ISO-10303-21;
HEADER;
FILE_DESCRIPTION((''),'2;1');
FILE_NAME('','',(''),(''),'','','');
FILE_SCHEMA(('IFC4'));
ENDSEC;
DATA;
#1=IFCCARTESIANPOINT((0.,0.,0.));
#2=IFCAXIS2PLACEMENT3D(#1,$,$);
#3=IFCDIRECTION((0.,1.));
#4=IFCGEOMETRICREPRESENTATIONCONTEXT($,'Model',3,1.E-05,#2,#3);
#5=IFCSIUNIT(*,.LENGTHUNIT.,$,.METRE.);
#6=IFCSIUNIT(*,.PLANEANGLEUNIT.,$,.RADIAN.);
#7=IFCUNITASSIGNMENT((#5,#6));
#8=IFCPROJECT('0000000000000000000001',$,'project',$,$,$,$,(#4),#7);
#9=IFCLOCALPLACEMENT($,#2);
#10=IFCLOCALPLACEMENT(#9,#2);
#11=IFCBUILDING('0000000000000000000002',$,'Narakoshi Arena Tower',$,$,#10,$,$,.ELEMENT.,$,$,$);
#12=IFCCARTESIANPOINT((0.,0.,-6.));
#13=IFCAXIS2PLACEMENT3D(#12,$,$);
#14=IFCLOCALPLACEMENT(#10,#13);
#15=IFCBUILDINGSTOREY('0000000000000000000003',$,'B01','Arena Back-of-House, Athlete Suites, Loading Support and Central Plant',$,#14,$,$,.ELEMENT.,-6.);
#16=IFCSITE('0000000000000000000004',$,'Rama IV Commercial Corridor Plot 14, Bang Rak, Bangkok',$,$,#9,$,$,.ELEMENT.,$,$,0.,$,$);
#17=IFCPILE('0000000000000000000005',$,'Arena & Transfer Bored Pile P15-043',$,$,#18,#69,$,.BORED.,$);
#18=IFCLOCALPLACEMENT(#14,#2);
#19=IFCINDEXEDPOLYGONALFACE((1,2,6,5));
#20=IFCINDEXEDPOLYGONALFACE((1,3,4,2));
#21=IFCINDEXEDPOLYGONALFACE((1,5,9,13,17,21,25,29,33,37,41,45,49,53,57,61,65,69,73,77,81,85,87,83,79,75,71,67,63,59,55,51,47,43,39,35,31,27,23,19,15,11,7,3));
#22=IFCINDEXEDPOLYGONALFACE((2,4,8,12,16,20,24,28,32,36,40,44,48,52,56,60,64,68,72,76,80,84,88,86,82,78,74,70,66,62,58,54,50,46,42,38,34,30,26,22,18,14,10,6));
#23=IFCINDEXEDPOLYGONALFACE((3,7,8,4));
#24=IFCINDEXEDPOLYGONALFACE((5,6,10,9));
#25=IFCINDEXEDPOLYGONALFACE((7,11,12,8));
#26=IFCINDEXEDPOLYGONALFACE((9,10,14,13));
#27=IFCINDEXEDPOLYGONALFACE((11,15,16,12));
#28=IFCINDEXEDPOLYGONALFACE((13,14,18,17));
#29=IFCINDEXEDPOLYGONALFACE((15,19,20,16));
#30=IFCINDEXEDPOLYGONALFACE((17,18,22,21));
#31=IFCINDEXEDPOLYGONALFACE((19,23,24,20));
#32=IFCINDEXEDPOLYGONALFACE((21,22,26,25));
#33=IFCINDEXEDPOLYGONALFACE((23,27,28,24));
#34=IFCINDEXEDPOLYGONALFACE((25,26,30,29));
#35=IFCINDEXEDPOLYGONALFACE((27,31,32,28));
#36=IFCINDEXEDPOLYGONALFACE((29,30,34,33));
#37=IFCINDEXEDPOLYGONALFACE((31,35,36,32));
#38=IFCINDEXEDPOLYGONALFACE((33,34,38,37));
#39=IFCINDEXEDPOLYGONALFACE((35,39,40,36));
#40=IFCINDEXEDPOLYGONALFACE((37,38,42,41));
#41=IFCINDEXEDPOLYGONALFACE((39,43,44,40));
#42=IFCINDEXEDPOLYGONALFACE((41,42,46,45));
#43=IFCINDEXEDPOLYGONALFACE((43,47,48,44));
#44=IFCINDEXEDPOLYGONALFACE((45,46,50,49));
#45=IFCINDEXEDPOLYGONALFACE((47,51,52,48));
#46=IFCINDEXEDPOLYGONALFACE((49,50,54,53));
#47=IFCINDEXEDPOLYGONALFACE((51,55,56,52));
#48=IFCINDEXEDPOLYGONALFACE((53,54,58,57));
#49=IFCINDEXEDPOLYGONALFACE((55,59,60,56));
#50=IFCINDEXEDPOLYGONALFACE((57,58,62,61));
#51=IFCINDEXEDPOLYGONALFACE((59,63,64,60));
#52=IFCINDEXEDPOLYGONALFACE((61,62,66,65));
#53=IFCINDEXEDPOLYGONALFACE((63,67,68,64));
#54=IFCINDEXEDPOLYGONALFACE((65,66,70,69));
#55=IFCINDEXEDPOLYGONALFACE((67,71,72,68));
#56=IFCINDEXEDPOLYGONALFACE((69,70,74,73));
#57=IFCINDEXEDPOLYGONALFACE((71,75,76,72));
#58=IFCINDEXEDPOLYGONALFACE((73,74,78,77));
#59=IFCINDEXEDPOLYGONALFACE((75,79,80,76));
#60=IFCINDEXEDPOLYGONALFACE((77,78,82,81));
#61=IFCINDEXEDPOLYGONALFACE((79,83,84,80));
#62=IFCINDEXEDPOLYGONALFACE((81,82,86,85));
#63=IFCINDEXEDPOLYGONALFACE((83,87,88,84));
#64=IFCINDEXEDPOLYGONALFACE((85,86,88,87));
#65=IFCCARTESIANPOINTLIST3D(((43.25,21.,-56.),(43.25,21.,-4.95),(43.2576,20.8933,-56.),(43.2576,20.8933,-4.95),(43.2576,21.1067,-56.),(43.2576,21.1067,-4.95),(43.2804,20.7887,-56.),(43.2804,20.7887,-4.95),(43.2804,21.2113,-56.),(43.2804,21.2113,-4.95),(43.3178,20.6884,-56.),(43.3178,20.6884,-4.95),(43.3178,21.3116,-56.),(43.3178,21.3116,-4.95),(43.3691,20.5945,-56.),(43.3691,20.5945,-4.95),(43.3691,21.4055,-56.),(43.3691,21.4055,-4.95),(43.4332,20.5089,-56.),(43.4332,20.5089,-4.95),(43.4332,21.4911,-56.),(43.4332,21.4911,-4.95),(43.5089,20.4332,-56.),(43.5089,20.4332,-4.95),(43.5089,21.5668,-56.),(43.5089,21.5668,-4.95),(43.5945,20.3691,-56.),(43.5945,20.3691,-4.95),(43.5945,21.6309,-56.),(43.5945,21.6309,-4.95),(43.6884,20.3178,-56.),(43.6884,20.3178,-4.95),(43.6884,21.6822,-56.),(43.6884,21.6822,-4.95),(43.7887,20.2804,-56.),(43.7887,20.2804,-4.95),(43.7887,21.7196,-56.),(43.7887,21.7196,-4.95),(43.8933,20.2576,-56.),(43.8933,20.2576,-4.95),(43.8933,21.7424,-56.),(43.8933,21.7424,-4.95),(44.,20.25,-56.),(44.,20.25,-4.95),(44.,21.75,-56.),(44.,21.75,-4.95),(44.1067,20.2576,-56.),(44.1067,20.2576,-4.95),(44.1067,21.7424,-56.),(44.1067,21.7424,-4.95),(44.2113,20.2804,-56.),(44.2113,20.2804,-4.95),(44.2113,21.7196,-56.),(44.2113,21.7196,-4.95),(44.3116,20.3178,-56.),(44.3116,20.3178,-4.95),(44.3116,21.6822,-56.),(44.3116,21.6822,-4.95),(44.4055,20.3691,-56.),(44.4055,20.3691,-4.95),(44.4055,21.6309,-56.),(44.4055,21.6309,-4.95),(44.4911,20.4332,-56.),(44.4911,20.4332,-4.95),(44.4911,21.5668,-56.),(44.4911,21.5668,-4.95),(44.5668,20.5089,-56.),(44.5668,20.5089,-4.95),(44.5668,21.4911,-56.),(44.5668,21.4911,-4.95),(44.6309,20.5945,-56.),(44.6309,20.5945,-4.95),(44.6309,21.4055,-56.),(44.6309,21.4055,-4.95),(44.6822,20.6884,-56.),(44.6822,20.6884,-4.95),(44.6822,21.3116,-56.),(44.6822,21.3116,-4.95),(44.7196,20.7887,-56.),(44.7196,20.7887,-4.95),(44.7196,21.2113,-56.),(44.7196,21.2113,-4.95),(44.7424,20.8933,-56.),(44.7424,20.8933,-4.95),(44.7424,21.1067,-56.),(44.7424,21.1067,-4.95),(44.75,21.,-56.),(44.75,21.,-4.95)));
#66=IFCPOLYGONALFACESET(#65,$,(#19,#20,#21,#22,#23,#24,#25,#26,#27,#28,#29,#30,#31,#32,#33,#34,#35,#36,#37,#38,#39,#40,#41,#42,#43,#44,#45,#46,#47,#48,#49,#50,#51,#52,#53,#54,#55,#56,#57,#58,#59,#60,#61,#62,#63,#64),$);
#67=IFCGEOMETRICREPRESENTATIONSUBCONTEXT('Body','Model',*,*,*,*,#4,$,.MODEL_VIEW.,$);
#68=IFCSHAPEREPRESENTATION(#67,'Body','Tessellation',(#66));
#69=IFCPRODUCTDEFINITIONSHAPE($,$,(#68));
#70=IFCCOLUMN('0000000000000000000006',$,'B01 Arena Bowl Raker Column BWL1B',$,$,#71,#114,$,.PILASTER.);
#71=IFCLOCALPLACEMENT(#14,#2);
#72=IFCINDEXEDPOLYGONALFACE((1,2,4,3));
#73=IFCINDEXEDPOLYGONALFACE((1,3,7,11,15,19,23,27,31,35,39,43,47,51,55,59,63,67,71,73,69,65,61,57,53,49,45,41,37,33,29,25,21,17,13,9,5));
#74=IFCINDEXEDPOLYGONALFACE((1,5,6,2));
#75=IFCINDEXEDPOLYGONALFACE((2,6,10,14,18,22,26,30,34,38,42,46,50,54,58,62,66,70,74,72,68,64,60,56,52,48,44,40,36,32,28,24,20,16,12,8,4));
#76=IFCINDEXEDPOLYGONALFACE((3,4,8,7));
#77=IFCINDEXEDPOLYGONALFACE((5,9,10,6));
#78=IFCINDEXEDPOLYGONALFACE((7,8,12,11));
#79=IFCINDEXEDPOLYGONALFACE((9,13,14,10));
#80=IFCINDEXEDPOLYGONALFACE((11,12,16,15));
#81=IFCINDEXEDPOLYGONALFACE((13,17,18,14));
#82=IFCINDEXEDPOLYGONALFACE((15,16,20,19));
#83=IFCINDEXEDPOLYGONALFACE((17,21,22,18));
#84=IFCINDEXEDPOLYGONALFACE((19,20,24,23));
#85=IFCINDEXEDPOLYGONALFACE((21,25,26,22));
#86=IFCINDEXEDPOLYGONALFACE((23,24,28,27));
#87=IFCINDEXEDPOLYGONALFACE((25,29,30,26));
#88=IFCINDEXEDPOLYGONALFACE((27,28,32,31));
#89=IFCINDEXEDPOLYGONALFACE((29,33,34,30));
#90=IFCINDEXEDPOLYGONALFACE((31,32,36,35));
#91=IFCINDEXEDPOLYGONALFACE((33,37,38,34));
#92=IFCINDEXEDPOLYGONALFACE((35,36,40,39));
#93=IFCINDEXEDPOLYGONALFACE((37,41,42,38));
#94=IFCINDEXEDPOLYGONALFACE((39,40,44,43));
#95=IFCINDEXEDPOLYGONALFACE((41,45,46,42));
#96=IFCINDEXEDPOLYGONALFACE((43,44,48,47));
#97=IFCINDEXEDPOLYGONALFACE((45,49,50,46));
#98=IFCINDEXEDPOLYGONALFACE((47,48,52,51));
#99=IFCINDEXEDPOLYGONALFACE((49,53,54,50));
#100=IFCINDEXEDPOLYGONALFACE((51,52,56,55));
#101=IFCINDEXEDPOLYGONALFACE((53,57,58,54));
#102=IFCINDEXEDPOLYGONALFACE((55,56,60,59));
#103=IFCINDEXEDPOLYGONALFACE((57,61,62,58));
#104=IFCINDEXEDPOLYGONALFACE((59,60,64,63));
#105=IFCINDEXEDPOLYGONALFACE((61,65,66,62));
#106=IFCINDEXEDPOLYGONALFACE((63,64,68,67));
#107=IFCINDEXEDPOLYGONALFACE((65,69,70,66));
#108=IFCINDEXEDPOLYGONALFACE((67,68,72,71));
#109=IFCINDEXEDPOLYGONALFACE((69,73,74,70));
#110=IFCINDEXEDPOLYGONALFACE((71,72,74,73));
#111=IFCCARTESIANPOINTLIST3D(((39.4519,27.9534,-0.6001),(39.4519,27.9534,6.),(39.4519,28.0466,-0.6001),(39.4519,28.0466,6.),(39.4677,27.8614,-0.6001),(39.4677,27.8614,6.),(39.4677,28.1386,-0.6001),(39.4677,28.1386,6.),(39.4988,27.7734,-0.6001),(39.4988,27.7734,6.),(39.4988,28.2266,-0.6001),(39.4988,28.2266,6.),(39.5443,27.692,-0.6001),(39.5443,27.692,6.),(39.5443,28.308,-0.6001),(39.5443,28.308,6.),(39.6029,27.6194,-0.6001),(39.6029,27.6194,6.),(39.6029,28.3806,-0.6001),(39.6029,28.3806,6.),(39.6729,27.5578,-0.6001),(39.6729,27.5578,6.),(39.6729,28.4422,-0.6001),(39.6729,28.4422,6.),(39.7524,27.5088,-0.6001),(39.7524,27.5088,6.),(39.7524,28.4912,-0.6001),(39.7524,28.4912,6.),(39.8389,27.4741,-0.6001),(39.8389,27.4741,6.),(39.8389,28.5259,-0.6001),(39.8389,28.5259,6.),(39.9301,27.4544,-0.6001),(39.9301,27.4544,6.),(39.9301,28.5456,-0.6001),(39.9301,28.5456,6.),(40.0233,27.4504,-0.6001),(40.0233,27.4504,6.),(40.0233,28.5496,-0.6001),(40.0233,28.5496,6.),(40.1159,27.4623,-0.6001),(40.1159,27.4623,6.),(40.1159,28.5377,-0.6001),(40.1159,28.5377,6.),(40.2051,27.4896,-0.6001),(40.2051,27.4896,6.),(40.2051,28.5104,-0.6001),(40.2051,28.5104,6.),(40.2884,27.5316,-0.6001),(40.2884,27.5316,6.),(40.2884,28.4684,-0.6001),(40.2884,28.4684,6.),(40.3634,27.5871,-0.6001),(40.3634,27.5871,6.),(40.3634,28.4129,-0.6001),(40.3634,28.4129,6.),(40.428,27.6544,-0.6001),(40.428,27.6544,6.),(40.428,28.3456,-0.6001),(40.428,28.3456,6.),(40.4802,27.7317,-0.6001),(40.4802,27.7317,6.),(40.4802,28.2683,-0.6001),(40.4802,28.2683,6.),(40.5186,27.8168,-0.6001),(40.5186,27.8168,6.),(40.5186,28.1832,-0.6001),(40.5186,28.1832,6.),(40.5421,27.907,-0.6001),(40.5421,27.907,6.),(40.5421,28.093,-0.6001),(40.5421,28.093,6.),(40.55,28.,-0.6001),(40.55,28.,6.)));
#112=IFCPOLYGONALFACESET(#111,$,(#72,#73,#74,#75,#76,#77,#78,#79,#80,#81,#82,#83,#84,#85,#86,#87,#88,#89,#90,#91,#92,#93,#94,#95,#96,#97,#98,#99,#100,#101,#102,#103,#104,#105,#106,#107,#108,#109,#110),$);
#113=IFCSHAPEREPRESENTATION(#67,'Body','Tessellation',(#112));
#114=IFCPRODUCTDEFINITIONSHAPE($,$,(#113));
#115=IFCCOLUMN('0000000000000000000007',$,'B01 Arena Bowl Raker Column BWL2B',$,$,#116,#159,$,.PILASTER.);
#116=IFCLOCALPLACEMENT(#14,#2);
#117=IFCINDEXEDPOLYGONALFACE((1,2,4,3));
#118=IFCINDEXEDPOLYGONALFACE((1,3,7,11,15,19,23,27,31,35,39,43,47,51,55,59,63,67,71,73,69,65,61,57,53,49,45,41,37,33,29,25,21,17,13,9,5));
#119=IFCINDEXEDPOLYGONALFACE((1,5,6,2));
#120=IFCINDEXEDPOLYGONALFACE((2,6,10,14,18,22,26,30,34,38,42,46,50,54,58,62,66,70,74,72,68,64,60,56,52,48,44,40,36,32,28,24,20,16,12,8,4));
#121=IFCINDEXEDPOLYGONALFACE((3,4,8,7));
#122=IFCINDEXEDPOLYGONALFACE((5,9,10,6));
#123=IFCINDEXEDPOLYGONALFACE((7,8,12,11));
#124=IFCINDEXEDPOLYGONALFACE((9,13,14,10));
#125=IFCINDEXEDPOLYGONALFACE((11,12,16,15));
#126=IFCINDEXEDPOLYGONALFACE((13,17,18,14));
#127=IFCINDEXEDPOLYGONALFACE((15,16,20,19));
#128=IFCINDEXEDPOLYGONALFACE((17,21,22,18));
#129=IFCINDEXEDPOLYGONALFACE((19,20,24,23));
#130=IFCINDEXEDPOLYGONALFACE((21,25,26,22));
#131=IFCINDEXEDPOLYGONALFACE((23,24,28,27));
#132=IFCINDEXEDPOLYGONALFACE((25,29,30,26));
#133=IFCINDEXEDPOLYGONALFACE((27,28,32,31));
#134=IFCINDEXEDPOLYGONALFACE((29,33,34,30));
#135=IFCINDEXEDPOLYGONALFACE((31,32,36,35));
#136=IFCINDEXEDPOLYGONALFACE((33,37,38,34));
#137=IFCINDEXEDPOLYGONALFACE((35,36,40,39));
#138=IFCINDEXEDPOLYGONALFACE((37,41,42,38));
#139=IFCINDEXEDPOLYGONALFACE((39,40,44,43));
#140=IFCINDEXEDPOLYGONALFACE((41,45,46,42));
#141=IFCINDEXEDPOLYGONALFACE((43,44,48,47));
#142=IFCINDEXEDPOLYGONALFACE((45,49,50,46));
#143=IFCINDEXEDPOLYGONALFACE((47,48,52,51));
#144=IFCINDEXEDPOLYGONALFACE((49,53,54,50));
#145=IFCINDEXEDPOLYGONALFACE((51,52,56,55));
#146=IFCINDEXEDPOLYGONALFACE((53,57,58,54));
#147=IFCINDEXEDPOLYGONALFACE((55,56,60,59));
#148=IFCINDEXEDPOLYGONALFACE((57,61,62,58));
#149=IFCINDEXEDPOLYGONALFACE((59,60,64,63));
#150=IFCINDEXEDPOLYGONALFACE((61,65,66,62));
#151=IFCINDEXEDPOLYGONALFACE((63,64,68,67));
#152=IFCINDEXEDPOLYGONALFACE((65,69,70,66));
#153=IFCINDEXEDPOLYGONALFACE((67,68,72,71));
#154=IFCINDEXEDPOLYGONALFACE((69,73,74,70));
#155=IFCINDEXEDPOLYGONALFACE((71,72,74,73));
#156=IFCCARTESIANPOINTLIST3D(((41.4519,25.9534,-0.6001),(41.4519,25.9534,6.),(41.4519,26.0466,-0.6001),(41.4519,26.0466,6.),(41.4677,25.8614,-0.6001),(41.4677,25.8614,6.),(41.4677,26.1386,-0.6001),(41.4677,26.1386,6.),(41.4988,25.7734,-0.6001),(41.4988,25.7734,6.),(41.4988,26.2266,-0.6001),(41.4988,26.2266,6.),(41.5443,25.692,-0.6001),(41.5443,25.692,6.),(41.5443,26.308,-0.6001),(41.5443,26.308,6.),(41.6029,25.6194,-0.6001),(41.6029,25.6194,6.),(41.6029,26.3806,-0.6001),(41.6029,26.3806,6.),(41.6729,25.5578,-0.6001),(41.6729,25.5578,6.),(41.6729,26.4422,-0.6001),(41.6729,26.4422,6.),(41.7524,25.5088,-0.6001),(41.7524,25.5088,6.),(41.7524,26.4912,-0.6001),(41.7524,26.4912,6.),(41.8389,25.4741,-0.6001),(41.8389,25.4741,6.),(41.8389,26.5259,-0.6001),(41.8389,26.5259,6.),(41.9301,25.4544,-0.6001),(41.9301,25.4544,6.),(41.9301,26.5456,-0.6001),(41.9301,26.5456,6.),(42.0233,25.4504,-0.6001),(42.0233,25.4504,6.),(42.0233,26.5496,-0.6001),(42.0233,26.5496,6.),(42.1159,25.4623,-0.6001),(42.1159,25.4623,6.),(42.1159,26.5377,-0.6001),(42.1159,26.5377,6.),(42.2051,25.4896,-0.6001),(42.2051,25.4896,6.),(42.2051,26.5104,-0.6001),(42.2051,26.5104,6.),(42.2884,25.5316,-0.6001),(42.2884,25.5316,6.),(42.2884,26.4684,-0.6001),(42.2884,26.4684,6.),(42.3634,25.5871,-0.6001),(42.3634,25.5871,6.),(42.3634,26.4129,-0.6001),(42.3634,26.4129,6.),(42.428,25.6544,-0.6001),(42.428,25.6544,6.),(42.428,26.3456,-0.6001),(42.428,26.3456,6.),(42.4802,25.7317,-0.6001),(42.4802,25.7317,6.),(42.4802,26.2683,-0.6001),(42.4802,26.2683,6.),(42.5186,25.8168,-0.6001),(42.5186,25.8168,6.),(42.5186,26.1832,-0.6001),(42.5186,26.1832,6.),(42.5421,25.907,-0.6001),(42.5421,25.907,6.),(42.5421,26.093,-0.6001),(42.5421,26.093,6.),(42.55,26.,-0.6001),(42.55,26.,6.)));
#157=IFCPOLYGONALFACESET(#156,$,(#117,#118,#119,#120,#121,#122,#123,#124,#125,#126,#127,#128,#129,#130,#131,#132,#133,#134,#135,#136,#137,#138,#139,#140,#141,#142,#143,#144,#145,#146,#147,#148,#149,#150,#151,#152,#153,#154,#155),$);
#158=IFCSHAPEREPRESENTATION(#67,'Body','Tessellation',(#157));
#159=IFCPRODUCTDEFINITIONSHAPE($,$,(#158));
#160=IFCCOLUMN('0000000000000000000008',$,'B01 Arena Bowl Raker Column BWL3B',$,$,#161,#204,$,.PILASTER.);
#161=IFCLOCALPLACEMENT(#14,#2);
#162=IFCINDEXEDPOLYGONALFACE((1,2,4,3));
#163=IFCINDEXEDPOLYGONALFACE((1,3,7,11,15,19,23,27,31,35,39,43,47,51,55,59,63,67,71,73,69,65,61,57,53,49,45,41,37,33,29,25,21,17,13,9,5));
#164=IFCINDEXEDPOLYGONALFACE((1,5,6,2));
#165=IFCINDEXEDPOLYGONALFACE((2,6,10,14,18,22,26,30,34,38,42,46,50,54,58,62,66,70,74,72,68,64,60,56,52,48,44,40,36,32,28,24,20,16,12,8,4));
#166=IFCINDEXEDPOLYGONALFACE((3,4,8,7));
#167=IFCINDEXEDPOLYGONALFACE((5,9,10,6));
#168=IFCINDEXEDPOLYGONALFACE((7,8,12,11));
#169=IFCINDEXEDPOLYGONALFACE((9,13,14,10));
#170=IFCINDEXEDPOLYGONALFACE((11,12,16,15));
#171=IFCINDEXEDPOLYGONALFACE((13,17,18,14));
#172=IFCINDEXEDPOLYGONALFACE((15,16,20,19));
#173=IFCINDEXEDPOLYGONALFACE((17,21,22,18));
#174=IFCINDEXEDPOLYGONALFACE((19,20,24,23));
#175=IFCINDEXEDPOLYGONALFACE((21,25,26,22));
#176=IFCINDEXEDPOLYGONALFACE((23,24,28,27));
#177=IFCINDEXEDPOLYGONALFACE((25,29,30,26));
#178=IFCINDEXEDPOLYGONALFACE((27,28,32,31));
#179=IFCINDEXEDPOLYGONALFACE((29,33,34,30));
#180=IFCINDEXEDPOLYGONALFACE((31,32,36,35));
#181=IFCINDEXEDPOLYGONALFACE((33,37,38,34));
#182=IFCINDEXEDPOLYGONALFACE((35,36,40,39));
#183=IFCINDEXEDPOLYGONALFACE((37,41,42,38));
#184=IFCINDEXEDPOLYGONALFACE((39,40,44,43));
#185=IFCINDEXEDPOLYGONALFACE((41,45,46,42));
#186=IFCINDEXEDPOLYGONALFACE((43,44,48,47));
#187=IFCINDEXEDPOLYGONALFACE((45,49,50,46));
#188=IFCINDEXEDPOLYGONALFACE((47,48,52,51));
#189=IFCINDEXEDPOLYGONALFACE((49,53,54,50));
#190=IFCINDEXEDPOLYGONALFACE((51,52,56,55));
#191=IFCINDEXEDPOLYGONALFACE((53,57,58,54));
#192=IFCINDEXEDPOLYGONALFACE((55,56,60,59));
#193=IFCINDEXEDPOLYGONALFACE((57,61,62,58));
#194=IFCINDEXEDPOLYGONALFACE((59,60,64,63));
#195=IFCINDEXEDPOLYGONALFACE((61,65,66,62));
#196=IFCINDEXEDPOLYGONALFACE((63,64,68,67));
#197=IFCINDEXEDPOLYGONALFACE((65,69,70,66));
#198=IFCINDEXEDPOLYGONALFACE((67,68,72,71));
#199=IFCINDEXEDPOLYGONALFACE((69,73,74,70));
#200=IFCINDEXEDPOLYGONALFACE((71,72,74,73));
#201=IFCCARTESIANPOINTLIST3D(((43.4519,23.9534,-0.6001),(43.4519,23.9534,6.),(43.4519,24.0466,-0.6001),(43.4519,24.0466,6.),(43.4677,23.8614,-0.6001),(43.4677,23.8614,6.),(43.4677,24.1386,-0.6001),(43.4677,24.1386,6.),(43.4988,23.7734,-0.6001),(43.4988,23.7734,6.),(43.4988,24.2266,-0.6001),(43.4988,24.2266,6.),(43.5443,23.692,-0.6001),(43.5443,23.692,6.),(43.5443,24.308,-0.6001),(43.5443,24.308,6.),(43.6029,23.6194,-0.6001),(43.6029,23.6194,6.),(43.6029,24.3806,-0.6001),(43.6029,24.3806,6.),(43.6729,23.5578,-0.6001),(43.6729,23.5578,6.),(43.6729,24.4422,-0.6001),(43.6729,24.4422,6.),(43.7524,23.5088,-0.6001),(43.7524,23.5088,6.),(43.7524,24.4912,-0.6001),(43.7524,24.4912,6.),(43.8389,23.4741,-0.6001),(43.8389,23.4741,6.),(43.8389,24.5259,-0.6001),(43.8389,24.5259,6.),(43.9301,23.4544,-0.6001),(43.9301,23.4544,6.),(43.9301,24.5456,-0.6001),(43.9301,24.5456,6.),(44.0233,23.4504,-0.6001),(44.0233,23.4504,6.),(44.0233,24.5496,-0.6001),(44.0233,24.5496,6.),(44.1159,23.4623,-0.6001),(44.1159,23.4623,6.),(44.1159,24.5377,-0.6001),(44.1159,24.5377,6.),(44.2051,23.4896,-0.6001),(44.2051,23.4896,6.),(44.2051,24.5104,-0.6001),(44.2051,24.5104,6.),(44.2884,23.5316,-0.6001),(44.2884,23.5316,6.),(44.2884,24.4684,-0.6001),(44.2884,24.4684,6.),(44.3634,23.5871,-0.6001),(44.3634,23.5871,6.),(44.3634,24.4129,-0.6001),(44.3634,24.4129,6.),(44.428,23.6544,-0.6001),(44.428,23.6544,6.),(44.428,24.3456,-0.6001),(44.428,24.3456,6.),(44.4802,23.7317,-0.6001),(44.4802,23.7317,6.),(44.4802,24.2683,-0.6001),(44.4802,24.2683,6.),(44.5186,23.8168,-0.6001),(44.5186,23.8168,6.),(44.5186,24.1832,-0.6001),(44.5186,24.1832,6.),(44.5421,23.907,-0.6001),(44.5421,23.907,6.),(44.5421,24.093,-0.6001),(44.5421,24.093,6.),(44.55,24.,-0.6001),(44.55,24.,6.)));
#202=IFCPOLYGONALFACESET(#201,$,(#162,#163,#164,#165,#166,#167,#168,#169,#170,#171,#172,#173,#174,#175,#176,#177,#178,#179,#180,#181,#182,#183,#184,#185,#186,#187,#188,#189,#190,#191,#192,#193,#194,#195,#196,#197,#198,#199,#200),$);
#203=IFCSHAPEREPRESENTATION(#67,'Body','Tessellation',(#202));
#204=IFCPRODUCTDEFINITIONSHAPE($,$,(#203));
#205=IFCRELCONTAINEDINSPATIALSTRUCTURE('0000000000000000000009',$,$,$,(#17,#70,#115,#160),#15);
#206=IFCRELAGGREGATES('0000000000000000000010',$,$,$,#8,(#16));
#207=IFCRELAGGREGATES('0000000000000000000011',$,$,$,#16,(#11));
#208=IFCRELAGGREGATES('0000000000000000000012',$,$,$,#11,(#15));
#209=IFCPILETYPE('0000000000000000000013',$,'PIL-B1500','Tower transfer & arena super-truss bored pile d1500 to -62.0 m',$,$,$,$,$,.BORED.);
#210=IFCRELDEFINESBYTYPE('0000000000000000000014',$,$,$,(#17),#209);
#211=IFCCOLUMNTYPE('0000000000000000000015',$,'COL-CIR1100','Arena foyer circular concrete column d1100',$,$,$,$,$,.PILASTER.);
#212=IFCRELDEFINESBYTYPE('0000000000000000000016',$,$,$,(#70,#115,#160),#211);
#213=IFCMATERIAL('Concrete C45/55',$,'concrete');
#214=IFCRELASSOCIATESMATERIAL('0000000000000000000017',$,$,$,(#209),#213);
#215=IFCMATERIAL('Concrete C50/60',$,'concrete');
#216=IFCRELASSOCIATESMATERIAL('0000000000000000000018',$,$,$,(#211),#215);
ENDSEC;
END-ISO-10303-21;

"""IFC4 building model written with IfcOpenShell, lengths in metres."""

from ifc_helpers import new_model, si_unit, direction, frame, origin, origin_2d, place, context, subcontext, project, spatial, circle, extrude, material, material_profile, profile_set, type_object, element, save


model = new_model("IFC4")

# Units and contexts
model_context = context("Model", 3, precision=1e-05, world=origin(), true_north=direction((0.0, 1.0)))
body_context = subcontext(model_context, "Body", "Model", "MODEL_VIEW")
ifc_project = project(units=[si_unit("LENGTHUNIT", "METRE"), si_unit("PLANEANGLEUNIT", "RADIAN")], contexts=[model_context])

# Site, building, storey
site_placement = place(None, origin())
site = spatial("IfcSite", under=ifc_project, at=site_placement, Name="Rama IV Commercial Corridor Plot 14, Bang Rak, Bangkok", CompositionType="ELEMENT", RefElevation=0.0)
building_placement = place(site_placement, origin())
building = spatial("IfcBuilding", under=site, at=building_placement, Name="Narakoshi Arena Tower", CompositionType="ELEMENT")
storey_placement = place(building_placement, frame((0.0, 0.0, -6.0)))
storey = spatial("IfcBuildingStorey", under=building, at=storey_placement, Name="B01", Description="Arena Back-of-House, Athlete Suites, Loading Support and Central Plant", CompositionType="ELEMENT", Elevation=-6.0)

# Pile
ifc_material_1 = material(Name="Concrete C45/55", Category="concrete")
ifc_material_profile_1 = material_profile(ifc_material_1, circle(Radius=0.75, at=origin_2d()), Name="PILE-D1500")
ifc_profile_set_1 = profile_set([ifc_material_profile_1], Name="Concrete C45/55")
pile_type_1 = type_object("IfcPileType", Name="PIL-B1500", Description="Tower transfer & arena super-truss bored pile d1500 to -62.0 m", PredefinedType="BORED", material=ifc_profile_set_1)
for number, where, z_axis, x_axis, name in (
    (1, (44.0, 21.0, -4.95), (0.0, 0.0, -1.0), (1.0, 0.0, 0.0), "Arena & Transfer Bored Pile P15-043"),
):
    element("IfcPile", number, at=place(storey_placement, frame(where, z_axis=z_axis, x_axis=x_axis)), inside=storey, type_object=pile_type_1, Name=name, PredefinedType="BORED", context=body_context, shape_type="SweptSolid", body=[
        extrude(circle(Radius=0.75, at=origin_2d()), origin(), (0.0, 0.0, 1.0), 51.05),
    ])

# Columns
ifc_material_2 = material(Name="Concrete C50/60", Category="concrete")
ifc_material_profile_2 = material_profile(ifc_material_2, circle(Radius=0.55, at=origin_2d()), Name="RCC1100")
ifc_profile_set_2 = profile_set([ifc_material_profile_2], Name="Concrete C50/60")
column_type_1 = type_object("IfcColumnType", Name="COL-CIR1100", Description="Arena foyer circular concrete column d1100", PredefinedType="PILASTER", material=ifc_profile_set_2)
for number, where, z_axis, x_axis, name in (
    (2, (40.0, 28.0, -0.6001), (0.0, 0.0, 1.0), (1.0, 0.0, 0.0), "B01 Arena Bowl Raker Column BWL1B"),
    (3, (42.0, 26.0, -0.6001), (0.0, 0.0, 1.0), (1.0, 0.0, 0.0), "B01 Arena Bowl Raker Column BWL2B"),
    (4, (44.0, 24.0, -0.6001), (0.0, 0.0, 1.0), (1.0, 0.0, 0.0), "B01 Arena Bowl Raker Column BWL3B"),
):
    element("IfcColumn", number, at=place(storey_placement, frame(where, z_axis=z_axis, x_axis=x_axis)), inside=storey, type_object=column_type_1, Name=name, PredefinedType="PILASTER", context=body_context, shape_type="SweptSolid", body=[
        extrude(circle(Radius=0.55, at=origin_2d()), origin(), (0.0, 0.0, 1.0), 6.6001),
    ])

save(model, "model.ifc")
